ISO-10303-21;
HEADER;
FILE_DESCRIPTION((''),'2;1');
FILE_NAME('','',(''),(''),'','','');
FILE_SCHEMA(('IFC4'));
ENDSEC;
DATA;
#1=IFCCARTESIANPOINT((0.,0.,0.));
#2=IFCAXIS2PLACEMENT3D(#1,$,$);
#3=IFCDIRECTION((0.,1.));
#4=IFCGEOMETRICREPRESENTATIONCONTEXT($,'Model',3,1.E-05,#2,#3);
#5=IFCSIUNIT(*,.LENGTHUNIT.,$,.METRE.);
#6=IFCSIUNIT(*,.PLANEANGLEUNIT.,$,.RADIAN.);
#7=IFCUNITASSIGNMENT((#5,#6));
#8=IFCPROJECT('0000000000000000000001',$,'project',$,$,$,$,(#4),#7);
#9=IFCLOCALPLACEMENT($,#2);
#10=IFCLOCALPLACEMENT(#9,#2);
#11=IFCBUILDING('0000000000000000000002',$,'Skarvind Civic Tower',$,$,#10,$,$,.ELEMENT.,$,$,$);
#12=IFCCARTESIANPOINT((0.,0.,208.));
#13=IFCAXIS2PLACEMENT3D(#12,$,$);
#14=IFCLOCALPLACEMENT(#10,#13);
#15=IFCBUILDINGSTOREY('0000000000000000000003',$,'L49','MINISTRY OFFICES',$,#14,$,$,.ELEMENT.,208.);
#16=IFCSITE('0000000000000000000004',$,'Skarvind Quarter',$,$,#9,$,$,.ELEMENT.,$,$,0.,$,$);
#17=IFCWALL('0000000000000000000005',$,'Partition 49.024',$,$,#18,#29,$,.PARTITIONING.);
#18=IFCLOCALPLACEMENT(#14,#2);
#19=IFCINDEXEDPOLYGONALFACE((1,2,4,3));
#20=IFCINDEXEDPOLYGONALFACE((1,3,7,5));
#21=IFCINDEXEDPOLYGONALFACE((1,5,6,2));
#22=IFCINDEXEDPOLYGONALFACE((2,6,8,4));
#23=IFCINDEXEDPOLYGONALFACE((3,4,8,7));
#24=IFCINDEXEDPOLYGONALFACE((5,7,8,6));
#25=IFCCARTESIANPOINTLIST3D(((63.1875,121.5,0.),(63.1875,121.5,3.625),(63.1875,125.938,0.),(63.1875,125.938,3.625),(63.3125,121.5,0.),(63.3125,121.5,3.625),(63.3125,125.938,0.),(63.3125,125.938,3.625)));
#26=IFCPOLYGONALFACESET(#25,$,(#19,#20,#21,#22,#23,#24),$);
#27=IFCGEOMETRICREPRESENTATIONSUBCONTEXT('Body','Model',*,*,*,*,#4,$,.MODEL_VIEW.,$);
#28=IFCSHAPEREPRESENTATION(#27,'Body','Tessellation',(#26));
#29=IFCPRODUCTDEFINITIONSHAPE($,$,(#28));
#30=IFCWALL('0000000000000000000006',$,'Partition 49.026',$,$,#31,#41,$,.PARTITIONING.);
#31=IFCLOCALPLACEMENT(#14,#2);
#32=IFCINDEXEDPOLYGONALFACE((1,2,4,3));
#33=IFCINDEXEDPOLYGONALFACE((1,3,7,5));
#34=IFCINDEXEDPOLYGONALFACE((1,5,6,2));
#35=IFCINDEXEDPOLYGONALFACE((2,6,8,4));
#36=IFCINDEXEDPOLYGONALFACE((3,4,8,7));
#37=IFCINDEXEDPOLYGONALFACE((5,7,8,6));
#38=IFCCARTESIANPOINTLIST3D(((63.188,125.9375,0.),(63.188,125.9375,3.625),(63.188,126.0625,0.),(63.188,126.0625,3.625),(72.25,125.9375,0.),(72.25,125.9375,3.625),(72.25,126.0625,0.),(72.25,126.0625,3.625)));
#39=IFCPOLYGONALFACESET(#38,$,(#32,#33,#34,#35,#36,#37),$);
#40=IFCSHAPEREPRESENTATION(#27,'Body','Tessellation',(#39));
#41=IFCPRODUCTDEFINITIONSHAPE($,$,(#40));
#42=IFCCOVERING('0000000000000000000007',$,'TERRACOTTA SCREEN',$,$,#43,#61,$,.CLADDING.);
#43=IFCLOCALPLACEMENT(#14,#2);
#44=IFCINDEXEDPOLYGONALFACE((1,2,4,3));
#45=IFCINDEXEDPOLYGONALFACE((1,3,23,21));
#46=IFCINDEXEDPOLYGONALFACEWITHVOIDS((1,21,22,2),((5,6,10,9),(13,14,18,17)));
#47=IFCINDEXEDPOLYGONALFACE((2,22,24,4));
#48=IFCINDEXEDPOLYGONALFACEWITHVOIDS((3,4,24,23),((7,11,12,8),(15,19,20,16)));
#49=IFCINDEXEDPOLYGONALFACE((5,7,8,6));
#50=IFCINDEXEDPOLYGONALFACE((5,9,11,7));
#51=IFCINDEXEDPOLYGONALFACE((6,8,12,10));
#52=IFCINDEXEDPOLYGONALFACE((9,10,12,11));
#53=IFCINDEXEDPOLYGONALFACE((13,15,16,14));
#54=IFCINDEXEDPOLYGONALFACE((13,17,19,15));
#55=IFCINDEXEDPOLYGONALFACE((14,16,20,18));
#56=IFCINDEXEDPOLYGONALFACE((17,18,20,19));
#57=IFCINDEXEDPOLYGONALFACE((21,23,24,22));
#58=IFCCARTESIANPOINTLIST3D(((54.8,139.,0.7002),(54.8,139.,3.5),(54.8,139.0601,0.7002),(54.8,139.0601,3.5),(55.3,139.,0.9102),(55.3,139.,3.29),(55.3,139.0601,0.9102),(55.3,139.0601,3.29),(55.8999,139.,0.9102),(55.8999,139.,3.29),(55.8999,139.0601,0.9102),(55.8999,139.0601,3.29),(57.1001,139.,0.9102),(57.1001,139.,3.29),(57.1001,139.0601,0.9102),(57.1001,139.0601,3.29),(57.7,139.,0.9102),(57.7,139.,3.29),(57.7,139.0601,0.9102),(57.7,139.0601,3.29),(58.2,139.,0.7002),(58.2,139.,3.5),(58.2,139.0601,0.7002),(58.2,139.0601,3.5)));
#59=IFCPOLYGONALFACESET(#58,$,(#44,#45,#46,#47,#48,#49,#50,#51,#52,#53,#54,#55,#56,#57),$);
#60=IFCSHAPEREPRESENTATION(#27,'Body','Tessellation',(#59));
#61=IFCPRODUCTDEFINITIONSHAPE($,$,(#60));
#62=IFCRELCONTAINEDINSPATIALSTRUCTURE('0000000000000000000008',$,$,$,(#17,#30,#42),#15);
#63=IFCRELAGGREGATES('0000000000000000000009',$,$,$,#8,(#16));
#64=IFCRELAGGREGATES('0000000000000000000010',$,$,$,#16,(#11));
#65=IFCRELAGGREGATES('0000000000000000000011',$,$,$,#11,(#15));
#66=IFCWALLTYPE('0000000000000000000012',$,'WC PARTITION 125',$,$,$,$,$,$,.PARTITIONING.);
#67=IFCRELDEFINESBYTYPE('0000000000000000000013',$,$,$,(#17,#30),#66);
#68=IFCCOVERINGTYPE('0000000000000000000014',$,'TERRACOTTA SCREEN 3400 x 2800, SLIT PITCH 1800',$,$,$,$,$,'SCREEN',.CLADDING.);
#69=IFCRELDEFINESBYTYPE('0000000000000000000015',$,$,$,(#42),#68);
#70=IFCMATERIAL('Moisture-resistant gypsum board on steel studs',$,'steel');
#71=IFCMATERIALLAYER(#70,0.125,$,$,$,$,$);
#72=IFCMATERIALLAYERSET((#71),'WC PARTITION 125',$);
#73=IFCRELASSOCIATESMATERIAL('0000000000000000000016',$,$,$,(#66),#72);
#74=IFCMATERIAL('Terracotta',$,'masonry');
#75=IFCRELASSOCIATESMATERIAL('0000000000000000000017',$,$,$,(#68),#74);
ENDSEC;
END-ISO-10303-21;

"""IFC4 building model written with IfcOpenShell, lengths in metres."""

from ifc_helpers import new_model, si_unit, direction, frame, frame_2d, origin, place, context, subcontext, project, spatial, polyline, rectangle, outline, extrude, material, layer, layer_set, material_profile, profile_set, type_object, element, save


model = new_model("IFC4")

# Units and contexts
model_context = context("Model", 3, precision=1e-05, world=origin(), true_north=direction((0.0, 1.0)))
body_context = subcontext(model_context, "Body", "Model", "MODEL_VIEW")
ifc_project = project(units=[si_unit("LENGTHUNIT", "METRE"), si_unit("PLANEANGLEUNIT", "RADIAN")], contexts=[model_context])

# Site, building, storey
site_placement = place(None, origin())
site = spatial("IfcSite", under=ifc_project, at=site_placement, Name="Skarvind Quarter", CompositionType="ELEMENT", RefElevation=0.0)
building_placement = place(site_placement, origin())
building = spatial("IfcBuilding", under=site, at=building_placement, Name="Skarvind Civic Tower", CompositionType="ELEMENT")
storey_placement = place(building_placement, frame((0.0, 0.0, 208.0)))
storey = spatial("IfcBuildingStorey", under=building, at=storey_placement, Name="L49", Description="MINISTRY OFFICES", CompositionType="ELEMENT", Elevation=208.0)

# Walls
ifc_material_1 = material(Name="Moisture-resistant gypsum board on steel studs", Category="steel")
ifc_layer_1 = layer(ifc_material_1, 0.125)
ifc_layer_set_1 = layer_set([ifc_layer_1], Name="WC PARTITION 125")
wall_type_1 = type_object("IfcWallType", Name="WC PARTITION 125", PredefinedType="PARTITIONING", material=ifc_layer_set_1)
wall_1_placement = place(storey_placement, frame((63.25, 121.5, 0.0), z_axis=(0.0, 0.0, 1.0), x_axis=(0.0, 1.0, 0.0)))
element("IfcWall", 1, at=wall_1_placement, inside=storey, type_object=wall_type_1, Name="Partition 49.024", PredefinedType="PARTITIONING", context=body_context, shape_type="SweptSolid", body=[
    extrude(rectangle(XDim=4.438, YDim=0.125, at=frame_2d((2.219, 0.0))), origin(), (0.0, 0.0, 1.0), 3.625),
])
wall_2_placement = place(storey_placement, frame((63.188, 126.0, 0.0), z_axis=(0.0, 0.0, 1.0), x_axis=(1.0, 0.0, 0.0)))
element("IfcWall", 2, at=wall_2_placement, inside=storey, type_object=wall_type_1, Name="Partition 49.026", PredefinedType="PARTITIONING", context=body_context, shape_type="SweptSolid", body=[
    extrude(rectangle(XDim=9.062, YDim=0.125, at=frame_2d((4.531, 0.0))), origin(), (0.0, 0.0, 1.0), 3.625),
])

# Covering
ifc_material_2 = material(Name="Terracotta", Category="masonry")
ifc_material_profile_1 = material_profile(ifc_material_2, outline(polyline([(-1.7, -1.3999), (1.7, -1.3999), (1.7, 1.3999), (-1.7, 1.3999), (-1.7, -1.3999)]), holes=[polyline([(-1.2, -1.1899), (-0.6001, -1.1899), (-0.6001, 1.1899), (-1.2, 1.1899), (-1.2, -1.1899)]), polyline([(0.6001, -1.1899), (1.2, -1.1899), (1.2, 1.1899), (0.6001, 1.1899), (0.6001, -1.1899)])]), Name="TERRACOTTA SCREEN 3400 x 2800, SLIT PITCH 1800")
ifc_profile_set_1 = profile_set([ifc_material_profile_1], Name="Terracotta")
covering_type = type_object("IfcCoveringType", Name="TERRACOTTA SCREEN 3400 x 2800, SLIT PITCH 1800", ElementType="SCREEN", PredefinedType="CLADDING", material=ifc_profile_set_1)
covering_placement = place(storey_placement, frame((56.5, 139.0, 2.1001), z_axis=(0.0, 1.0, 0.0), x_axis=(-1.0, 0.0, 0.0)))
element("IfcCovering", 3, at=covering_placement, inside=storey, type_object=covering_type, Name="TERRACOTTA SCREEN", PredefinedType="CLADDING", context=body_context, shape_type="SweptSolid", body=[
    extrude(outline(polyline([(-1.7, -1.3999), (1.7, -1.3999), (1.7, 1.3999), (-1.7, 1.3999), (-1.7, -1.3999)]), holes=[polyline([(-1.2, -1.1899), (-0.6001, -1.1899), (-0.6001, 1.1899), (-1.2, 1.1899), (-1.2, -1.1899)]), polyline([(0.6001, -1.1899), (1.2, -1.1899), (1.2, 1.1899), (0.6001, 1.1899), (0.6001, -1.1899)])]), origin(), (0.0, 0.0, 1.0), 0.0601),
])

save(model, "model.ifc")
